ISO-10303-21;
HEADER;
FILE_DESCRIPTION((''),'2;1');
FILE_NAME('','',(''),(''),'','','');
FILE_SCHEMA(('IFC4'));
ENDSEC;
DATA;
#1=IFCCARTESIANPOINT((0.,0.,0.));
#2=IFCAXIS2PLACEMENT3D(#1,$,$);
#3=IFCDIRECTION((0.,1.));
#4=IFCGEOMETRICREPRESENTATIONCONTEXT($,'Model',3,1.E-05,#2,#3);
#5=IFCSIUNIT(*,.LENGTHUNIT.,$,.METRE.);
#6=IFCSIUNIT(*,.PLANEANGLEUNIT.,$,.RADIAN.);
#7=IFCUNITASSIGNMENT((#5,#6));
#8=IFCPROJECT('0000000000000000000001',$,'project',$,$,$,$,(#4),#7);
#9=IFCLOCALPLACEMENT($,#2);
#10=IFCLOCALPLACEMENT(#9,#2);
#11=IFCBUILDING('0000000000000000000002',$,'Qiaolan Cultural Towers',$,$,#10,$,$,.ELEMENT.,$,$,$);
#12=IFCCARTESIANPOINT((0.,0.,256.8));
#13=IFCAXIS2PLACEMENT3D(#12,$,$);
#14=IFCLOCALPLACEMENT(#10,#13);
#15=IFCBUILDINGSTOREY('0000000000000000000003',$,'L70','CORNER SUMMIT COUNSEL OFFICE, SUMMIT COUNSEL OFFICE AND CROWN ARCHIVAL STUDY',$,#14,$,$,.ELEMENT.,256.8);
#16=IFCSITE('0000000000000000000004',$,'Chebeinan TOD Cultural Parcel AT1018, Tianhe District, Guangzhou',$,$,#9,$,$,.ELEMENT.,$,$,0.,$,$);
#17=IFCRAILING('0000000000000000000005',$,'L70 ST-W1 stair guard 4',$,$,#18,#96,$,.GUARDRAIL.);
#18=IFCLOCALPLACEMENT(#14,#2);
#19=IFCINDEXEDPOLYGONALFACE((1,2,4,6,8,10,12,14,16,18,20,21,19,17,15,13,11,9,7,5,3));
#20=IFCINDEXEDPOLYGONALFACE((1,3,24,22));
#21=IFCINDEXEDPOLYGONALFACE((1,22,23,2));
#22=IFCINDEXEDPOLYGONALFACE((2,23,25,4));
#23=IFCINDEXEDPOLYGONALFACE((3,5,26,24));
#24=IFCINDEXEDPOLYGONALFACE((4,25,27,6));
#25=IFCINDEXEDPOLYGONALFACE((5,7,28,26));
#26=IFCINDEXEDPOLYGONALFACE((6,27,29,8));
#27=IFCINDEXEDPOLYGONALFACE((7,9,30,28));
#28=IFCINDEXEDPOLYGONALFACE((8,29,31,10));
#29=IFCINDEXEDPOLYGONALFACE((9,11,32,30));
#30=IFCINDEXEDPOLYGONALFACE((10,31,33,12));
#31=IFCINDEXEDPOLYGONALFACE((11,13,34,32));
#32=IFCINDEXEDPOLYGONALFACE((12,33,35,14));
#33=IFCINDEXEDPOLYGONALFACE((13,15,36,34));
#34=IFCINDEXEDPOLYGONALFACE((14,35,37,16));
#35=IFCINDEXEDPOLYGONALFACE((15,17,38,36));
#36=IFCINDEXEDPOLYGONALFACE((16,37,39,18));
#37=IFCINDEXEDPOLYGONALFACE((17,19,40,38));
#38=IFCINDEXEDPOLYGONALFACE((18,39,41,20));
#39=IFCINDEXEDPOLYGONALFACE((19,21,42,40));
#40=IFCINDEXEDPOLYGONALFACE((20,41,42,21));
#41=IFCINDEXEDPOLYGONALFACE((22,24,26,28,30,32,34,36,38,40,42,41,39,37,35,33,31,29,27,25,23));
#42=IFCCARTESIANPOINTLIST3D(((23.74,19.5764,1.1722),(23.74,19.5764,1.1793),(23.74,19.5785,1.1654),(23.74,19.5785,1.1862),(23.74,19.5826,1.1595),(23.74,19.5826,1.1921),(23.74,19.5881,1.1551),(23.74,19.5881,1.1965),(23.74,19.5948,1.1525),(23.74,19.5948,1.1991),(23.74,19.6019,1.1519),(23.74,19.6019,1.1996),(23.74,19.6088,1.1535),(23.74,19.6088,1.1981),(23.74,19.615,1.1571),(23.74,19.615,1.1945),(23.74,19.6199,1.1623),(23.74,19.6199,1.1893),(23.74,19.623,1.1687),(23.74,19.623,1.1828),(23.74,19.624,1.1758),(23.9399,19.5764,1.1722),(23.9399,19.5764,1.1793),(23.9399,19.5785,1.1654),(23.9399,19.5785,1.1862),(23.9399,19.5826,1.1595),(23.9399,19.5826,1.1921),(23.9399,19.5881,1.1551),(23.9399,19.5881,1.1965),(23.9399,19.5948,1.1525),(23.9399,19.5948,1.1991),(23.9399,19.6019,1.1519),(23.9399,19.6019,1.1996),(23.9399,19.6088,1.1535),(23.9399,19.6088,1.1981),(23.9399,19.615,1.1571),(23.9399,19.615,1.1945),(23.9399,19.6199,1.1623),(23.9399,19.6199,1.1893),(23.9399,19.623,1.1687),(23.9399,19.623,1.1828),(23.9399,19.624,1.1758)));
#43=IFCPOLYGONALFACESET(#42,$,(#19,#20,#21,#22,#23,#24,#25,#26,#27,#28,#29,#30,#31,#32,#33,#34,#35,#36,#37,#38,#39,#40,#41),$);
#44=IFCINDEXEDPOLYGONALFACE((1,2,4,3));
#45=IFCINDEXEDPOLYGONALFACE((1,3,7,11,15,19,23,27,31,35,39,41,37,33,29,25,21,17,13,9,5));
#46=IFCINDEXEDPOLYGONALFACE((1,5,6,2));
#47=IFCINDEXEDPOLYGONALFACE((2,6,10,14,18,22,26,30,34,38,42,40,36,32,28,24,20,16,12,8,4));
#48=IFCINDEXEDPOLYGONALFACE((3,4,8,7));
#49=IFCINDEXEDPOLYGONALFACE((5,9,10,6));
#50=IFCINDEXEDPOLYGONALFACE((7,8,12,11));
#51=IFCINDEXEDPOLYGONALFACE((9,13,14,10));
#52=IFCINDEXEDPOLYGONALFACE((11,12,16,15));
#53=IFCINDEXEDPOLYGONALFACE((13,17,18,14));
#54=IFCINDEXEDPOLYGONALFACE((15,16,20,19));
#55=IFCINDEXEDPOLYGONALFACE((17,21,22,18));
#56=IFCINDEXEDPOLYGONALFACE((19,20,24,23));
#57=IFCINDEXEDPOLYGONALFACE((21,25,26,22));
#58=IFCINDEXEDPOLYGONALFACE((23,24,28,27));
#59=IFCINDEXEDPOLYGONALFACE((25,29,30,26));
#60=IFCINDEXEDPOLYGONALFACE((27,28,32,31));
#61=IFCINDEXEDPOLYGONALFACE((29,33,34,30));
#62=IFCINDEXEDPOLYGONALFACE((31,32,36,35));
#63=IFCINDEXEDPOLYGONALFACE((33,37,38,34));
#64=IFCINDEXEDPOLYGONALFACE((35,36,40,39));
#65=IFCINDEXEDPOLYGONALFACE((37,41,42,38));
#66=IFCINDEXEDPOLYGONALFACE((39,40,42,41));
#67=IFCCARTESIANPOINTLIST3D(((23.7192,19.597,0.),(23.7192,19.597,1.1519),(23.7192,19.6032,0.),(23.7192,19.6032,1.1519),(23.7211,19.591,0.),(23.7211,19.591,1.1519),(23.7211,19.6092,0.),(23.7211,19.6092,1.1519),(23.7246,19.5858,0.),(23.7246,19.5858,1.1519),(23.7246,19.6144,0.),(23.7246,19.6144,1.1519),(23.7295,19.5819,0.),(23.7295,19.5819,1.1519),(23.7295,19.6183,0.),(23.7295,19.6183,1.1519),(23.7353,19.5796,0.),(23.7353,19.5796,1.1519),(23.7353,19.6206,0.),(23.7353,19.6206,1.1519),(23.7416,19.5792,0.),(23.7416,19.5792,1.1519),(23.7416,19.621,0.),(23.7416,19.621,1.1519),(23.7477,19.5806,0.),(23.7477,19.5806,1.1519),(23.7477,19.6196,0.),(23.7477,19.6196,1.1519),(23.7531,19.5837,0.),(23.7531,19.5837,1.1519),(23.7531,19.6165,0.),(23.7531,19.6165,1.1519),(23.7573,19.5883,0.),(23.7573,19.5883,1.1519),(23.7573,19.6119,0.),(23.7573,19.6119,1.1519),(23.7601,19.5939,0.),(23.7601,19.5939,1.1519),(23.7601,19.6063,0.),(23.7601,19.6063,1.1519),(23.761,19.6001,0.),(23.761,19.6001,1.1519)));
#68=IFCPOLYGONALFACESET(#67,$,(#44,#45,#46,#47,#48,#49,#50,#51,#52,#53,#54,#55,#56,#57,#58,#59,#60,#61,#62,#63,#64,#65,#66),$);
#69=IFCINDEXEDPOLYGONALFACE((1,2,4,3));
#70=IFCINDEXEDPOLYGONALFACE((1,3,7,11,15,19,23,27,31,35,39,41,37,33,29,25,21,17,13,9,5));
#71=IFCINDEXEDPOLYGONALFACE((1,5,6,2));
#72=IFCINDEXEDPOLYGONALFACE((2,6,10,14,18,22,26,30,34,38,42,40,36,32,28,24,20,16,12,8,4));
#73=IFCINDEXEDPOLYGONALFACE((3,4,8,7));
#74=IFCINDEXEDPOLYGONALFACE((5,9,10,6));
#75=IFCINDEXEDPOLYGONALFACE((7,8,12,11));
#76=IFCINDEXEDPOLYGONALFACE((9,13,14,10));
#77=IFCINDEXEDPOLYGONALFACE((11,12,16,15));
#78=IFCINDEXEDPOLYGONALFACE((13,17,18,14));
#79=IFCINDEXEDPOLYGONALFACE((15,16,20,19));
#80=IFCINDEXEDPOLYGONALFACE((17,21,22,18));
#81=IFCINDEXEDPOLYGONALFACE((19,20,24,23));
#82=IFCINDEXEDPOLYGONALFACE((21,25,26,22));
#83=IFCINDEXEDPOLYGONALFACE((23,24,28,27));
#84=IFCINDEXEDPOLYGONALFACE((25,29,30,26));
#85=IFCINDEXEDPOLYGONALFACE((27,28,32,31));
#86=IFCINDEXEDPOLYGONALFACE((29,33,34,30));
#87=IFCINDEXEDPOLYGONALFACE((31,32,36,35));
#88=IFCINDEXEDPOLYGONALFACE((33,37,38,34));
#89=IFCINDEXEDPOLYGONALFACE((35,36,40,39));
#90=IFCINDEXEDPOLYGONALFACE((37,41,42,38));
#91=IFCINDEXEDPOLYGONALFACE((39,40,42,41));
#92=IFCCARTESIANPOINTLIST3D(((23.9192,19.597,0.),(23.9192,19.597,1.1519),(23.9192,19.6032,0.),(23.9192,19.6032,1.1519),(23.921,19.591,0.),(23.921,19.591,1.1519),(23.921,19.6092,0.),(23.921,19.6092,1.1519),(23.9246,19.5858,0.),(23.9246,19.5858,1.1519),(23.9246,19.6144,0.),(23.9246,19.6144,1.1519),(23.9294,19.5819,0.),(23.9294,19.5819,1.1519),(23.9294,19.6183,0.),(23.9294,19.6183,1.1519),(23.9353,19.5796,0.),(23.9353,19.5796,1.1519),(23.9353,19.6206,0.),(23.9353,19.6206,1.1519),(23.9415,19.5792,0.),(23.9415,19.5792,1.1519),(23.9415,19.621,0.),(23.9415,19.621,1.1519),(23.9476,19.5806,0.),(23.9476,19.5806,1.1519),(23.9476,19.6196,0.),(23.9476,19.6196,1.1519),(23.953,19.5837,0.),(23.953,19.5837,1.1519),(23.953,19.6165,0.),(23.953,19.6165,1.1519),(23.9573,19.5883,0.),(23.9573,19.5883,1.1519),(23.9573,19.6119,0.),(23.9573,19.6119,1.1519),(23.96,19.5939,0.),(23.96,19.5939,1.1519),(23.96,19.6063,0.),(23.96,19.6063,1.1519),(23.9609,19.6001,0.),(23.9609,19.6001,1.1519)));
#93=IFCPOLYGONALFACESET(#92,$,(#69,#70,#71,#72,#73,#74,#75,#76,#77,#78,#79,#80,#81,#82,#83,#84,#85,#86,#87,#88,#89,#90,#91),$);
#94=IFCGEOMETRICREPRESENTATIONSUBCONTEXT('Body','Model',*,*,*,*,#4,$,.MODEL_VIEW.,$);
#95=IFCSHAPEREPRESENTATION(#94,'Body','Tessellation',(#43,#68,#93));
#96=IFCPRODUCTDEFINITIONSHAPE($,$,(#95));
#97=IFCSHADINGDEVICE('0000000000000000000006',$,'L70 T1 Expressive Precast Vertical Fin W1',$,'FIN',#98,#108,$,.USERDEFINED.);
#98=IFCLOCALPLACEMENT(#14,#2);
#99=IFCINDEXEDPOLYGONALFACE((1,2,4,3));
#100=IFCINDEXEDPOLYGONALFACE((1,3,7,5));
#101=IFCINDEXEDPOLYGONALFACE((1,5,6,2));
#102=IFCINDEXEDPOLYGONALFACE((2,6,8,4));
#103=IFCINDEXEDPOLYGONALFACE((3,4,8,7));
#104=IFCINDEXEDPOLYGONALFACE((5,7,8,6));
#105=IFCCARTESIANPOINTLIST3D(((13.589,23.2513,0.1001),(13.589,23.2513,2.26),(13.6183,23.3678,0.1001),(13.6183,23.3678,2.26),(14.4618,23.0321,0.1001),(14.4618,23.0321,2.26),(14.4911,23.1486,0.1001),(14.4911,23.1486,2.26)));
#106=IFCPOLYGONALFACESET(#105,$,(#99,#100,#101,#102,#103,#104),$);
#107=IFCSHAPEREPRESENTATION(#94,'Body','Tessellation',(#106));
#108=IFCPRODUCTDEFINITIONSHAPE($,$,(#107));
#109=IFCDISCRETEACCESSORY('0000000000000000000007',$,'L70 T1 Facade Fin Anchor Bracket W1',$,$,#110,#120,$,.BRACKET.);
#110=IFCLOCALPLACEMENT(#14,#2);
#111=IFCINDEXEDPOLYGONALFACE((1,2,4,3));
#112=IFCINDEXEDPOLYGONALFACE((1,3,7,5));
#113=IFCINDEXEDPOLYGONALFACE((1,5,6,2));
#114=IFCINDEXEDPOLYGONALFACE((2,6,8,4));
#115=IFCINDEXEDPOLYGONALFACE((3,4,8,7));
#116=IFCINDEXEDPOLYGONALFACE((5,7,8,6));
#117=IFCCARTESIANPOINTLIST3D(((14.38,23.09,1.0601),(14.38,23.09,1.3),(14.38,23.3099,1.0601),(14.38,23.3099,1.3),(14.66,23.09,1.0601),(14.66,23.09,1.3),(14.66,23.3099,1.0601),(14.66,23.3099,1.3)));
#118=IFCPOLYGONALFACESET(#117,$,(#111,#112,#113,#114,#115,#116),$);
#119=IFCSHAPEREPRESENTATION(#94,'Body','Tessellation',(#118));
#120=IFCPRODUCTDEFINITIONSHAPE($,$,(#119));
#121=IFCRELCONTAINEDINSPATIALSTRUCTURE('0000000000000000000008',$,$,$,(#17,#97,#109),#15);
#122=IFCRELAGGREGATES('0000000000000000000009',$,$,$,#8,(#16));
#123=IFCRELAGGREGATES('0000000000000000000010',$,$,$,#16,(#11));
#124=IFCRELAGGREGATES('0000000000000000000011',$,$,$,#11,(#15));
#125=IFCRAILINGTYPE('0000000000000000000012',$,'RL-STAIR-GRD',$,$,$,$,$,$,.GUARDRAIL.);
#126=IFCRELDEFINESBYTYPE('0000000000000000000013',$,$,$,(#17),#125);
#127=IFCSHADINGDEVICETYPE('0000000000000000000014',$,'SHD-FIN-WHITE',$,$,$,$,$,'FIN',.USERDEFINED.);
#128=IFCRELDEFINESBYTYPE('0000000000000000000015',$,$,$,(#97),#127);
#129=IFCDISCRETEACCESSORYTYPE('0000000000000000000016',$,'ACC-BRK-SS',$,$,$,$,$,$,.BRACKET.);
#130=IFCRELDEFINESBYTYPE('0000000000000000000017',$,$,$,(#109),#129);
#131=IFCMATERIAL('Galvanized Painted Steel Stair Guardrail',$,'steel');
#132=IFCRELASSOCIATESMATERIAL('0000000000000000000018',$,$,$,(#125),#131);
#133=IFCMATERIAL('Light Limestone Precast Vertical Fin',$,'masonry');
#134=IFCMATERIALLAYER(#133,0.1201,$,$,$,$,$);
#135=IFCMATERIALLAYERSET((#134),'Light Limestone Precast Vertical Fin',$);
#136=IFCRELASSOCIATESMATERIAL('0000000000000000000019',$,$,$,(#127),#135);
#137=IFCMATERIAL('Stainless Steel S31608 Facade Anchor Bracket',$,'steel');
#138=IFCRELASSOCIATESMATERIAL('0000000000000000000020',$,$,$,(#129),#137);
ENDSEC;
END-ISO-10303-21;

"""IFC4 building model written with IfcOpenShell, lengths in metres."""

from ifc_helpers import new_model, si_unit, direction, frame, origin, origin_2d, place, context, subcontext, project, spatial, rectangle, circle, extrude, material, layer, layer_set, type_object, element, save


model = new_model("IFC4")

# Units and contexts
model_context = context("Model", 3, precision=1e-05, world=origin(), true_north=direction((0.0, 1.0)))
body_context = subcontext(model_context, "Body", "Model", "MODEL_VIEW")
ifc_project = project(units=[si_unit("LENGTHUNIT", "METRE"), si_unit("PLANEANGLEUNIT", "RADIAN")], contexts=[model_context])

# Site, building, storey
site_placement = place(None, origin())
site = spatial("IfcSite", under=ifc_project, at=site_placement, Name="Chebeinan TOD Cultural Parcel AT1018, Tianhe District, Guangzhou", CompositionType="ELEMENT", RefElevation=0.0)
building_placement = place(site_placement, origin())
building = spatial("IfcBuilding", under=site, at=building_placement, Name="Qiaolan Cultural Towers", CompositionType="ELEMENT")
storey_placement = place(building_placement, frame((0.0, 0.0, 256.8)))
storey = spatial("IfcBuildingStorey", under=building, at=storey_placement, Name="L70", Description="CORNER SUMMIT COUNSEL OFFICE, SUMMIT COUNSEL OFFICE AND CROWN ARCHIVAL STUDY", CompositionType="ELEMENT", Elevation=256.8)

# Railing
ifc_material_1 = material(Name="Galvanized Painted Steel Stair Guardrail", Category="steel")
railing_type_1 = type_object("IfcRailingType", Name="RL-STAIR-GRD", PredefinedType="GUARDRAIL", material=ifc_material_1)
railing_1_placement = place(storey_placement, frame((23.74, 19.6001, 0.0)))
element("IfcRailing", 1, at=railing_1_placement, inside=storey, type_object=railing_type_1, Name="L70 ST-W1 stair guard 4", PredefinedType="GUARDRAIL", context=body_context, shape_type="SweptSolid", body=[
    extrude(circle(Radius=0.0239, at=origin_2d()), frame((0.0, 0.0, 1.1758), z_axis=(1.0, 0.0, 0.0), x_axis=(0.0, 1.0, 0.0)), (0.0, 0.0, 1.0), 0.2),
    extrude(circle(Radius=0.021, at=origin_2d()), origin(), (0.0, 0.0, 1.0), 1.1519),
    extrude(circle(Radius=0.021, at=origin_2d()), frame((0.2, 0.0, 0.0)), (0.0, 0.0, 1.0), 1.1519),
])

# Shading device
ifc_material_2 = material(Name="Light Limestone Precast Vertical Fin", Category="masonry")
ifc_layer_1 = layer(ifc_material_2, 0.1201)
ifc_layer_set_1 = layer_set([ifc_layer_1], Name="Light Limestone Precast Vertical Fin")
shading_device_type = type_object("IfcShadingDeviceType", Name="SHD-FIN-WHITE", ElementType="FIN", PredefinedType="USERDEFINED", material=ifc_layer_set_1)
shading_device_placement = place(storey_placement, frame((14.04, 23.2, 0.1001), z_axis=(0.0, 0.0, 1.0), x_axis=(0.969892, -0.243537, 0.0)))
element("IfcShadingDevice", 2, at=shading_device_placement, inside=storey, type_object=shading_device_type, Name="L70 T1 Expressive Precast Vertical Fin W1", ObjectType="FIN", PredefinedType="USERDEFINED", context=body_context, shape_type="SweptSolid", body=[
    extrude(rectangle(XDim=0.8999, YDim=0.1201, at=origin_2d()), origin(), (0.0, 0.0, 1.0), 2.1599),
])

# Discrete accessory
ifc_material_3 = material(Name="Stainless Steel S31608 Facade Anchor Bracket", Category="steel")
discrete_accessory_type = type_object("IfcDiscreteAccessoryType", Name="ACC-BRK-SS", PredefinedType="BRACKET", material=ifc_material_3)
discrete_accessory_placement = place(storey_placement, frame((14.52, 23.2, 1.0601), z_axis=(0.0, 0.0, 1.0), x_axis=(1.0, 0.0, 0.0)))
element("IfcDiscreteAccessory", 3, at=discrete_accessory_placement, inside=storey, type_object=discrete_accessory_type, Name="L70 T1 Facade Fin Anchor Bracket W1", PredefinedType="BRACKET", context=body_context, shape_type="SweptSolid", body=[
    extrude(rectangle(XDim=0.28, YDim=0.22, at=origin_2d()), origin(), (0.0, 0.0, 1.0), 0.24),
])

save(model, "model.ifc")
